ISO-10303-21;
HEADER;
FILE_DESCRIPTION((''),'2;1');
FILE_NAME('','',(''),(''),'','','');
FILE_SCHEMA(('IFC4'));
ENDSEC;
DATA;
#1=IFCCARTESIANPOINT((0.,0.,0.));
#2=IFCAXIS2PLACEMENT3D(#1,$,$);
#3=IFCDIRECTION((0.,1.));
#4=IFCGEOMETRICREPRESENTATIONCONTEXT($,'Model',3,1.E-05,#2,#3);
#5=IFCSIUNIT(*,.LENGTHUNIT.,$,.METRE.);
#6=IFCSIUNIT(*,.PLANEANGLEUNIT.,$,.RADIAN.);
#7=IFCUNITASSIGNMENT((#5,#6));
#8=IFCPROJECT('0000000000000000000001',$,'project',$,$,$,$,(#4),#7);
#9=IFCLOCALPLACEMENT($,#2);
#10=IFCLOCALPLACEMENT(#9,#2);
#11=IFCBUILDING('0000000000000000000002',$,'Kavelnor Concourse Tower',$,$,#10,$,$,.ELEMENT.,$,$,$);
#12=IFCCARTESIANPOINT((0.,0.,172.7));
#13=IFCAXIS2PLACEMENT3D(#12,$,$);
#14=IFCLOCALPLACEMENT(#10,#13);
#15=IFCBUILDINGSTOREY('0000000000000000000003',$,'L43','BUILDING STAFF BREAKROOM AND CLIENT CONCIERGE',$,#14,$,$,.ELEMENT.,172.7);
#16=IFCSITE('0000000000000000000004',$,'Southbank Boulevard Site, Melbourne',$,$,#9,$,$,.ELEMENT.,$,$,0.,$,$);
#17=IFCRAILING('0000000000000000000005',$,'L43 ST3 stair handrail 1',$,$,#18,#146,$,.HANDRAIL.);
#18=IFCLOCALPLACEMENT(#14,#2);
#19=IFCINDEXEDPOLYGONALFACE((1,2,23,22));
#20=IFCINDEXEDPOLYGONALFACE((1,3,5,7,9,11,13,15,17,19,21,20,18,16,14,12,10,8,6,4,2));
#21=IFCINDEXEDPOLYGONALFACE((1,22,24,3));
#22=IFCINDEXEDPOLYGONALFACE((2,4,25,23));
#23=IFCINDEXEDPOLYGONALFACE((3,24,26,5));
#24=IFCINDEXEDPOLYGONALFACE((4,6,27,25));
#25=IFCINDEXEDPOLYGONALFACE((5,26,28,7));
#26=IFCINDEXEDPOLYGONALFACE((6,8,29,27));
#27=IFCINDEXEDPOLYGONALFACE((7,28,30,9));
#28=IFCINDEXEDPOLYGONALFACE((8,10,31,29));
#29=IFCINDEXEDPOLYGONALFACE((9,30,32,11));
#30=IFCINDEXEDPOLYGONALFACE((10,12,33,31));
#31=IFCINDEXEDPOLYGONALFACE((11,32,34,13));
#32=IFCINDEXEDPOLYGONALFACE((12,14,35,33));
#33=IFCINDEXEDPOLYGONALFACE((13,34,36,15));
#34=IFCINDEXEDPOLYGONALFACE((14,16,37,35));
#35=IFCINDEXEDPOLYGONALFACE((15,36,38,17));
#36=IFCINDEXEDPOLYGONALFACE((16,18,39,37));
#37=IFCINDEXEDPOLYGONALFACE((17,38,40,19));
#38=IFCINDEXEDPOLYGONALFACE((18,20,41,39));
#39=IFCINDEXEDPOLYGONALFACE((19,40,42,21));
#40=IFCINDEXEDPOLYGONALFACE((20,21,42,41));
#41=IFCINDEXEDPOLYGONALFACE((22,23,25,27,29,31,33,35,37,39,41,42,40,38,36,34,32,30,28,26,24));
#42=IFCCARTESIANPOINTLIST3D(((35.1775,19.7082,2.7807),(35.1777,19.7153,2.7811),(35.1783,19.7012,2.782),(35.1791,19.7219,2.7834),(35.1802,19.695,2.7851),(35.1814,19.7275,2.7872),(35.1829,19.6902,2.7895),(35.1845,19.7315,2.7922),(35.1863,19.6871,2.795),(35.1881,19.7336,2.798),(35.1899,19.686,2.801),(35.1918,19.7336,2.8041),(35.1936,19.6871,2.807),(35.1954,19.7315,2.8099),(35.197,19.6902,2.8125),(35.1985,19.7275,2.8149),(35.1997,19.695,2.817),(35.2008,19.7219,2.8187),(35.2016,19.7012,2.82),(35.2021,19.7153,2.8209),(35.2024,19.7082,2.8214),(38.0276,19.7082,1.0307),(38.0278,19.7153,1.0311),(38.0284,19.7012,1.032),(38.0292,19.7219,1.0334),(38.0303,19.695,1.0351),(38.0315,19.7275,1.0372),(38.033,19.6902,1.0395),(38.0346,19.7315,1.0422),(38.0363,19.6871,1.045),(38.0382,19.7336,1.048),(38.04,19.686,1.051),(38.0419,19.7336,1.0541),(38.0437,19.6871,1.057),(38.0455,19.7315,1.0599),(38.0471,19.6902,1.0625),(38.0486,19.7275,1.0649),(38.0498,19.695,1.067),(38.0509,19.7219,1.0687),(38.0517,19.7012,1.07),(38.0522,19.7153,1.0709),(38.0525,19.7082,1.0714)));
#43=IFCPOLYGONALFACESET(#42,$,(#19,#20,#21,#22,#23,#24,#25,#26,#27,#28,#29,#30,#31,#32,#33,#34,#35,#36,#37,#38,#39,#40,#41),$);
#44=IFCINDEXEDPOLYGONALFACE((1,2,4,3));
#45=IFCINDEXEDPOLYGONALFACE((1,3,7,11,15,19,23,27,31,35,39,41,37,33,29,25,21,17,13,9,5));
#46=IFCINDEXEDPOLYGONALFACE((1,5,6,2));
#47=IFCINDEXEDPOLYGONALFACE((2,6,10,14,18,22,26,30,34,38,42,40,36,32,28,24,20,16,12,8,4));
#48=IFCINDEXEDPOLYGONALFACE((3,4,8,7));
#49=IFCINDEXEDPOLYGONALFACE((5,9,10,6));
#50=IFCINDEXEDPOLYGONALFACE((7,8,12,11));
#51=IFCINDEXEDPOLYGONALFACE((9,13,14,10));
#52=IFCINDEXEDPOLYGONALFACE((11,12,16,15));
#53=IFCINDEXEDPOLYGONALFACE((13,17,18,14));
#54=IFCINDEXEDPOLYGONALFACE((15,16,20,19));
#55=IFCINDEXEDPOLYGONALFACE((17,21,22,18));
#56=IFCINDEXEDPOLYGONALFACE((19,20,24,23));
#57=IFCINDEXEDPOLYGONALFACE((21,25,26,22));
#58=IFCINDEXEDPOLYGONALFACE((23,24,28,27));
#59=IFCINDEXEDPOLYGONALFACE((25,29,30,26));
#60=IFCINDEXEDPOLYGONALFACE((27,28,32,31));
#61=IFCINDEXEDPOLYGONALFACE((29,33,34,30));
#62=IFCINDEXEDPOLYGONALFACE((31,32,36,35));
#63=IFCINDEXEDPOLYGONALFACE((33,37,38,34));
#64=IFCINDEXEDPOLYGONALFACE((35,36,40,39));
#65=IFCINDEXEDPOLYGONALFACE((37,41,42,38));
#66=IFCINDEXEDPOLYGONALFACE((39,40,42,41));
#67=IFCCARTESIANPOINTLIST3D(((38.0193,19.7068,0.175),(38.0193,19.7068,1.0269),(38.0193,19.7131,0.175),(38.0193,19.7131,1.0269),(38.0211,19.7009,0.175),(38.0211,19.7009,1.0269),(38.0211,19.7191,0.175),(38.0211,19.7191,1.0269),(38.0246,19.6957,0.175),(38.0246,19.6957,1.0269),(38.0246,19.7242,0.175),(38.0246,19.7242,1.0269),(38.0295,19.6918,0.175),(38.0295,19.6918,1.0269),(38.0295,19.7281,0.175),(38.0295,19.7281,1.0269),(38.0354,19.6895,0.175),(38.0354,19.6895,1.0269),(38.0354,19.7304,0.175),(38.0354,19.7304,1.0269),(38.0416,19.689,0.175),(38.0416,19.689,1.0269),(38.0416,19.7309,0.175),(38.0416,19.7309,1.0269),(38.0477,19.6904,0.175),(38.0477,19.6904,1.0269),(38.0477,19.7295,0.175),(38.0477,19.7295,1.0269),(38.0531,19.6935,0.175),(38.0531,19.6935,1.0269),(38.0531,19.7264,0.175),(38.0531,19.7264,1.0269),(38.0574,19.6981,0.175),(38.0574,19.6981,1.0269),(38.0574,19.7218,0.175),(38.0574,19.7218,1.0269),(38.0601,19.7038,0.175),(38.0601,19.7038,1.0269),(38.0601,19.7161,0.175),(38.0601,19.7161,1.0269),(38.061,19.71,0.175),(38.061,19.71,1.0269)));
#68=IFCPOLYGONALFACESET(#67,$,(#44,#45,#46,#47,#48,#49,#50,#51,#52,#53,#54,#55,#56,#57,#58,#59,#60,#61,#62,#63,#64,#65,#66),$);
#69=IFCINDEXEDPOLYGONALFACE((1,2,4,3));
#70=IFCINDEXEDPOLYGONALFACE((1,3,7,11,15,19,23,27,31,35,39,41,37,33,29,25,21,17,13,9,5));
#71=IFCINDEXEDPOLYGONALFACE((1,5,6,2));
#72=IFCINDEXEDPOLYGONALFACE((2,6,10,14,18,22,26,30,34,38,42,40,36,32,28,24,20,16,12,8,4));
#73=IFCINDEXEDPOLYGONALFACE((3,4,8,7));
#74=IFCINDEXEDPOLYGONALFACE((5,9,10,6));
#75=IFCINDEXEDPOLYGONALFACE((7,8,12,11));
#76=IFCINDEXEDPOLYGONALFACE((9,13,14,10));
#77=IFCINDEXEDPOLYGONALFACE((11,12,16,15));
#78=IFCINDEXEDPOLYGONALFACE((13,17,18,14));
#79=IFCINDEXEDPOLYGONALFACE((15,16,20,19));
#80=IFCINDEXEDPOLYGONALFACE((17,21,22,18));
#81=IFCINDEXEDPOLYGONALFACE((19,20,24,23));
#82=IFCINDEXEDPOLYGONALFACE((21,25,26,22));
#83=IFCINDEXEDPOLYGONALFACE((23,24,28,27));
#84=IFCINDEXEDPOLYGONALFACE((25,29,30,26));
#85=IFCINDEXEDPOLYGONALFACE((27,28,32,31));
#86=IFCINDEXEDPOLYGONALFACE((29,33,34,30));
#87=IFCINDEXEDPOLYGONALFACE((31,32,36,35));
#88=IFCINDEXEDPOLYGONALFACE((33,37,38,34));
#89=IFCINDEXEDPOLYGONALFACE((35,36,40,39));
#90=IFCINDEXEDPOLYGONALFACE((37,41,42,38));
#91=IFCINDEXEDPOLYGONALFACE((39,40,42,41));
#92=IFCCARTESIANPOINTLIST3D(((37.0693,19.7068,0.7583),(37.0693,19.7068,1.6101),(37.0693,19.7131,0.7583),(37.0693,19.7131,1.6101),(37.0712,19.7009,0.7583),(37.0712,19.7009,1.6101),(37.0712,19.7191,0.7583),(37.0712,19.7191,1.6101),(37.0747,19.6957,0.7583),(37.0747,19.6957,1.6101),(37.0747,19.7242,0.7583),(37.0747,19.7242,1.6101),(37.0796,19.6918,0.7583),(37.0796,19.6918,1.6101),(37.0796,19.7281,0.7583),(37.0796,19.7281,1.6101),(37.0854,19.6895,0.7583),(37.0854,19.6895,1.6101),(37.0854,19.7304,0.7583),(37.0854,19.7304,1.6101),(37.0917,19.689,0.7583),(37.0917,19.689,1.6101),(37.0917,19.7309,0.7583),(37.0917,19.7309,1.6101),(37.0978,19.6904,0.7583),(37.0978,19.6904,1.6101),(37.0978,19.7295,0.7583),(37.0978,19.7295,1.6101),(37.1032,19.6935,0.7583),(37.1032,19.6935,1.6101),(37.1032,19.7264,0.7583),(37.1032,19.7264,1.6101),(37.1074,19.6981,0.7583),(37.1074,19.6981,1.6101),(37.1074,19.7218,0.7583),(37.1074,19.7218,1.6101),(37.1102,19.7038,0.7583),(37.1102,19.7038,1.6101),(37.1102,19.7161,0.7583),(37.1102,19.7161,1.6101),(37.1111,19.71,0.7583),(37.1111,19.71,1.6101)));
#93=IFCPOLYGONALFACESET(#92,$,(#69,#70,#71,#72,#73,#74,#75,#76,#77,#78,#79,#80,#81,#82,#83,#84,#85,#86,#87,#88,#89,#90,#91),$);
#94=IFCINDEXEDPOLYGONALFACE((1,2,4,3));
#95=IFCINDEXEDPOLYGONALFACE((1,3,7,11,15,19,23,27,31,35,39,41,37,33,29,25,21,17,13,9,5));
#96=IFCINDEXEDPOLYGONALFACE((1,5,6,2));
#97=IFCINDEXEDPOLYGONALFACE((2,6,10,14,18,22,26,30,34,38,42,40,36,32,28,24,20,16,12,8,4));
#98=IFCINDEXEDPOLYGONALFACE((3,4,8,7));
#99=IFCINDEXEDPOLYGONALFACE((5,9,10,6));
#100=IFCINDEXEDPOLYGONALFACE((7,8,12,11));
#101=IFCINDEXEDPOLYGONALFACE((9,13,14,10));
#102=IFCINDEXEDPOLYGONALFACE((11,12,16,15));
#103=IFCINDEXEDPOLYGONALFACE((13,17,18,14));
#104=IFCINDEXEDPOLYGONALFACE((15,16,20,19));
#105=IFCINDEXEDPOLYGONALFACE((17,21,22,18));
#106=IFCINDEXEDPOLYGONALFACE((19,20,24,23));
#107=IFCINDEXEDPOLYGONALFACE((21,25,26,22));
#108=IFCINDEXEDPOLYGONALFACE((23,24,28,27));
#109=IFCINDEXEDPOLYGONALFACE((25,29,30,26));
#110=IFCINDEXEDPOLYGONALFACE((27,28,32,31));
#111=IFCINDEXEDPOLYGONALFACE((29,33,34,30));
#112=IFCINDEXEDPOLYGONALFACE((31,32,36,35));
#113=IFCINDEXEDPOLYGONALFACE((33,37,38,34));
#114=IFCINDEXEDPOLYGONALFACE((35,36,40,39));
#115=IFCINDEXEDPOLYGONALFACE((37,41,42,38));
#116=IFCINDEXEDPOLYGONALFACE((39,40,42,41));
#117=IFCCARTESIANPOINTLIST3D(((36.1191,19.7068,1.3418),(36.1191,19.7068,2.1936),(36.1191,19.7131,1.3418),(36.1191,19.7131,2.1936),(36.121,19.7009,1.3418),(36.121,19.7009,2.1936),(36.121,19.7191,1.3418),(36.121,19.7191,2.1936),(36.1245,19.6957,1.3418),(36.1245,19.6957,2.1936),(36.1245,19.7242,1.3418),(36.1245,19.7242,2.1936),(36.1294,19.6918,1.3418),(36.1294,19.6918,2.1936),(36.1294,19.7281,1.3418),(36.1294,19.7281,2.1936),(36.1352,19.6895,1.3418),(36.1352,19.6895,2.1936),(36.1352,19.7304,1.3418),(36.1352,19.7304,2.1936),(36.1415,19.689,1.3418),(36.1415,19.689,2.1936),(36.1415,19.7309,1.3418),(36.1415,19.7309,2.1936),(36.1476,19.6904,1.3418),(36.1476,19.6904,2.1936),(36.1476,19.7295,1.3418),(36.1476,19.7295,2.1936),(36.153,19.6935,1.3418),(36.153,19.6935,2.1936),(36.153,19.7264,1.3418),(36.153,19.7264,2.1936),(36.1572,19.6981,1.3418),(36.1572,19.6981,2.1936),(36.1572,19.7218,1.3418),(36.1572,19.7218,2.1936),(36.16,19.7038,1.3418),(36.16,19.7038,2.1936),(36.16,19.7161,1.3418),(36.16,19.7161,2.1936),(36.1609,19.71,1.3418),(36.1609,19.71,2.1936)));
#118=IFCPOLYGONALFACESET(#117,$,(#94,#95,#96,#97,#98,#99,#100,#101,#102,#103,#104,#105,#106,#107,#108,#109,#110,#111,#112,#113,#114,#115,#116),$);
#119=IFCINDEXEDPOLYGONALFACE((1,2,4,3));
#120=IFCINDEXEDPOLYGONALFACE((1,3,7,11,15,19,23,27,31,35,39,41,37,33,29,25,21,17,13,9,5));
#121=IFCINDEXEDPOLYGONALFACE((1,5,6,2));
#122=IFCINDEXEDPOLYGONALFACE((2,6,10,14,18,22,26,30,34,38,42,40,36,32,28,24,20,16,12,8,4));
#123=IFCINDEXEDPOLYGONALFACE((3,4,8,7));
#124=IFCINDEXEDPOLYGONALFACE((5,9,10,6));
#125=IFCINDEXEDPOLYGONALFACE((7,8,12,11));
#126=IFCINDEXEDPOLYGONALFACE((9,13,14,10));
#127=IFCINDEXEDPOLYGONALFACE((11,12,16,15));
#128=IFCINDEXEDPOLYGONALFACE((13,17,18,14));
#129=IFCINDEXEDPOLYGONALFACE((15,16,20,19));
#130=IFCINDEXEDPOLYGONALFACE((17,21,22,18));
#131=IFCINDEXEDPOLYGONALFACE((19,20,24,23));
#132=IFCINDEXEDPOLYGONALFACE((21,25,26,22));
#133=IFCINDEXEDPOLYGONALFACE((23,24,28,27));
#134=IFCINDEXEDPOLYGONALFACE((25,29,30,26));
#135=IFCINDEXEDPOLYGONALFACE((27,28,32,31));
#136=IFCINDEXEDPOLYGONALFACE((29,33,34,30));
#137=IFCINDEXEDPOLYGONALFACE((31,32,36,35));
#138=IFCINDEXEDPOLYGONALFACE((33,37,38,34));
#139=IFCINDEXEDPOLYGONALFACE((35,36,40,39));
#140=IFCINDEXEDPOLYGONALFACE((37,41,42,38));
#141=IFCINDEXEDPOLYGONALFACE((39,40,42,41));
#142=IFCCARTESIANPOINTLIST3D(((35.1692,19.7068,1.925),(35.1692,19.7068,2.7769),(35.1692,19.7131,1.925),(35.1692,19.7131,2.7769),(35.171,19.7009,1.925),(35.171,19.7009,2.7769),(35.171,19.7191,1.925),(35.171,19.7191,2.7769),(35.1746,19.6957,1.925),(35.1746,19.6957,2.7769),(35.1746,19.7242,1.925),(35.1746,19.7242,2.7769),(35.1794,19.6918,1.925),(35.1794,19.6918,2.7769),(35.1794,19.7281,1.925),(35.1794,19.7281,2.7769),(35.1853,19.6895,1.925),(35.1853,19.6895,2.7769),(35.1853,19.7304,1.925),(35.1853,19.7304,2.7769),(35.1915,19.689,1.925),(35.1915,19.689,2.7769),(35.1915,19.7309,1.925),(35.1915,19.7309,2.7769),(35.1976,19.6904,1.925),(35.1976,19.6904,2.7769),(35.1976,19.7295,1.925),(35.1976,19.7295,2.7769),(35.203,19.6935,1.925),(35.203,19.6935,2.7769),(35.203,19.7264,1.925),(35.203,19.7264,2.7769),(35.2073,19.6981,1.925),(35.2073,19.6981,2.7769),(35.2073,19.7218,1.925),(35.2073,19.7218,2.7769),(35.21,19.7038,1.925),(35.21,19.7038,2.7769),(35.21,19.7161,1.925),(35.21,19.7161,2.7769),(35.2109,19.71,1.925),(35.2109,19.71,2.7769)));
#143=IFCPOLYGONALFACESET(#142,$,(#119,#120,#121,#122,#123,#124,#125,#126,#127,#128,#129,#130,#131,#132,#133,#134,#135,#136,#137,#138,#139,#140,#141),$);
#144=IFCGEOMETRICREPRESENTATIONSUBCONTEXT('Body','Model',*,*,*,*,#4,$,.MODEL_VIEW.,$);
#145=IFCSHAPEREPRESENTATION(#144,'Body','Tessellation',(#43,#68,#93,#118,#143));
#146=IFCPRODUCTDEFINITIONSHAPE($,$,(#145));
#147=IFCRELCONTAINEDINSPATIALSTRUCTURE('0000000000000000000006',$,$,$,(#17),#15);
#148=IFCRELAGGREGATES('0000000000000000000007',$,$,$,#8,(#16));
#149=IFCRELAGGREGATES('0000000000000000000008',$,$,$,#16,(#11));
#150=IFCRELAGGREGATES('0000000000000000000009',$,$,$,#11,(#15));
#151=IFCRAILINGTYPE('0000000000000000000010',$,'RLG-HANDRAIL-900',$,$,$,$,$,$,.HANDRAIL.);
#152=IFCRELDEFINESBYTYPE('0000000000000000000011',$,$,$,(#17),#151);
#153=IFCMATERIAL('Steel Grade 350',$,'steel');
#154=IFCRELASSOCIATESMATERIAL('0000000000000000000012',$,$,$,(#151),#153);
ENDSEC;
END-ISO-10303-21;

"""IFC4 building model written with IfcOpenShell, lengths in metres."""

from ifc_helpers import new_model, si_unit, direction, frame, origin, origin_2d, place, context, subcontext, project, spatial, circle, extrude, material, type_object, element, save


model = new_model("IFC4")

# Units and contexts
model_context = context("Model", 3, precision=1e-05, world=origin(), true_north=direction((0.0, 1.0)))
body_context = subcontext(model_context, "Body", "Model", "MODEL_VIEW")
ifc_project = project(units=[si_unit("LENGTHUNIT", "METRE"), si_unit("PLANEANGLEUNIT", "RADIAN")], contexts=[model_context])

# Site, building, storey
site_placement = place(None, origin())
site = spatial("IfcSite", under=ifc_project, at=site_placement, Name="Southbank Boulevard Site, Melbourne", CompositionType="ELEMENT", RefElevation=0.0)
building_placement = place(site_placement, origin())
building = spatial("IfcBuilding", under=site, at=building_placement, Name="Kavelnor Concourse Tower", CompositionType="ELEMENT")
storey_placement = place(building_placement, frame((0.0, 0.0, 172.7)))
storey = spatial("IfcBuildingStorey", under=building, at=storey_placement, Name="L43", Description="BUILDING STAFF BREAKROOM AND CLIENT CONCIERGE", CompositionType="ELEMENT", Elevation=172.7)

# Shared definitions
ifc_material_1 = material(Name="Steel Grade 350", Category="steel")

# Railing
railing_type_1 = type_object("IfcRailingType", Name="RLG-HANDRAIL-900", PredefinedType="HANDRAIL", material=ifc_material_1)
railing_1_placement = place(storey_placement, frame((38.04, 19.71, 0.175)))
element("IfcRailing", 1, at=railing_1_placement, inside=storey, type_object=railing_type_1, Name="L43 ST3 stair handrail 1", PredefinedType="HANDRAIL", context=body_context, shape_type="SweptSolid", body=[
    extrude(circle(Radius=0.0239, at=origin_2d()), frame((0.0, 0.0, 0.876), z_axis=(-0.852179, 0.0, 0.52325), x_axis=(0.0, -1.0, 0.0)), (0.0, 0.0, 1.0), 3.3445),
    extrude(circle(Radius=0.021, at=origin_2d()), origin(), (0.0, 0.0, 1.0), 0.8518),
    extrude(circle(Radius=0.021, at=origin_2d()), frame((-0.95, 0.0, 0.5833)), (0.0, 0.0, 1.0), 0.8518),
    extrude(circle(Radius=0.021, at=origin_2d()), frame((-1.9001, 0.0, 1.1667)), (0.0, 0.0, 1.0), 0.8518),
    extrude(circle(Radius=0.021, at=origin_2d()), frame((-2.8501, 0.0, 1.75)), (0.0, 0.0, 1.0), 0.8518),
])

save(model, "model.ifc")
